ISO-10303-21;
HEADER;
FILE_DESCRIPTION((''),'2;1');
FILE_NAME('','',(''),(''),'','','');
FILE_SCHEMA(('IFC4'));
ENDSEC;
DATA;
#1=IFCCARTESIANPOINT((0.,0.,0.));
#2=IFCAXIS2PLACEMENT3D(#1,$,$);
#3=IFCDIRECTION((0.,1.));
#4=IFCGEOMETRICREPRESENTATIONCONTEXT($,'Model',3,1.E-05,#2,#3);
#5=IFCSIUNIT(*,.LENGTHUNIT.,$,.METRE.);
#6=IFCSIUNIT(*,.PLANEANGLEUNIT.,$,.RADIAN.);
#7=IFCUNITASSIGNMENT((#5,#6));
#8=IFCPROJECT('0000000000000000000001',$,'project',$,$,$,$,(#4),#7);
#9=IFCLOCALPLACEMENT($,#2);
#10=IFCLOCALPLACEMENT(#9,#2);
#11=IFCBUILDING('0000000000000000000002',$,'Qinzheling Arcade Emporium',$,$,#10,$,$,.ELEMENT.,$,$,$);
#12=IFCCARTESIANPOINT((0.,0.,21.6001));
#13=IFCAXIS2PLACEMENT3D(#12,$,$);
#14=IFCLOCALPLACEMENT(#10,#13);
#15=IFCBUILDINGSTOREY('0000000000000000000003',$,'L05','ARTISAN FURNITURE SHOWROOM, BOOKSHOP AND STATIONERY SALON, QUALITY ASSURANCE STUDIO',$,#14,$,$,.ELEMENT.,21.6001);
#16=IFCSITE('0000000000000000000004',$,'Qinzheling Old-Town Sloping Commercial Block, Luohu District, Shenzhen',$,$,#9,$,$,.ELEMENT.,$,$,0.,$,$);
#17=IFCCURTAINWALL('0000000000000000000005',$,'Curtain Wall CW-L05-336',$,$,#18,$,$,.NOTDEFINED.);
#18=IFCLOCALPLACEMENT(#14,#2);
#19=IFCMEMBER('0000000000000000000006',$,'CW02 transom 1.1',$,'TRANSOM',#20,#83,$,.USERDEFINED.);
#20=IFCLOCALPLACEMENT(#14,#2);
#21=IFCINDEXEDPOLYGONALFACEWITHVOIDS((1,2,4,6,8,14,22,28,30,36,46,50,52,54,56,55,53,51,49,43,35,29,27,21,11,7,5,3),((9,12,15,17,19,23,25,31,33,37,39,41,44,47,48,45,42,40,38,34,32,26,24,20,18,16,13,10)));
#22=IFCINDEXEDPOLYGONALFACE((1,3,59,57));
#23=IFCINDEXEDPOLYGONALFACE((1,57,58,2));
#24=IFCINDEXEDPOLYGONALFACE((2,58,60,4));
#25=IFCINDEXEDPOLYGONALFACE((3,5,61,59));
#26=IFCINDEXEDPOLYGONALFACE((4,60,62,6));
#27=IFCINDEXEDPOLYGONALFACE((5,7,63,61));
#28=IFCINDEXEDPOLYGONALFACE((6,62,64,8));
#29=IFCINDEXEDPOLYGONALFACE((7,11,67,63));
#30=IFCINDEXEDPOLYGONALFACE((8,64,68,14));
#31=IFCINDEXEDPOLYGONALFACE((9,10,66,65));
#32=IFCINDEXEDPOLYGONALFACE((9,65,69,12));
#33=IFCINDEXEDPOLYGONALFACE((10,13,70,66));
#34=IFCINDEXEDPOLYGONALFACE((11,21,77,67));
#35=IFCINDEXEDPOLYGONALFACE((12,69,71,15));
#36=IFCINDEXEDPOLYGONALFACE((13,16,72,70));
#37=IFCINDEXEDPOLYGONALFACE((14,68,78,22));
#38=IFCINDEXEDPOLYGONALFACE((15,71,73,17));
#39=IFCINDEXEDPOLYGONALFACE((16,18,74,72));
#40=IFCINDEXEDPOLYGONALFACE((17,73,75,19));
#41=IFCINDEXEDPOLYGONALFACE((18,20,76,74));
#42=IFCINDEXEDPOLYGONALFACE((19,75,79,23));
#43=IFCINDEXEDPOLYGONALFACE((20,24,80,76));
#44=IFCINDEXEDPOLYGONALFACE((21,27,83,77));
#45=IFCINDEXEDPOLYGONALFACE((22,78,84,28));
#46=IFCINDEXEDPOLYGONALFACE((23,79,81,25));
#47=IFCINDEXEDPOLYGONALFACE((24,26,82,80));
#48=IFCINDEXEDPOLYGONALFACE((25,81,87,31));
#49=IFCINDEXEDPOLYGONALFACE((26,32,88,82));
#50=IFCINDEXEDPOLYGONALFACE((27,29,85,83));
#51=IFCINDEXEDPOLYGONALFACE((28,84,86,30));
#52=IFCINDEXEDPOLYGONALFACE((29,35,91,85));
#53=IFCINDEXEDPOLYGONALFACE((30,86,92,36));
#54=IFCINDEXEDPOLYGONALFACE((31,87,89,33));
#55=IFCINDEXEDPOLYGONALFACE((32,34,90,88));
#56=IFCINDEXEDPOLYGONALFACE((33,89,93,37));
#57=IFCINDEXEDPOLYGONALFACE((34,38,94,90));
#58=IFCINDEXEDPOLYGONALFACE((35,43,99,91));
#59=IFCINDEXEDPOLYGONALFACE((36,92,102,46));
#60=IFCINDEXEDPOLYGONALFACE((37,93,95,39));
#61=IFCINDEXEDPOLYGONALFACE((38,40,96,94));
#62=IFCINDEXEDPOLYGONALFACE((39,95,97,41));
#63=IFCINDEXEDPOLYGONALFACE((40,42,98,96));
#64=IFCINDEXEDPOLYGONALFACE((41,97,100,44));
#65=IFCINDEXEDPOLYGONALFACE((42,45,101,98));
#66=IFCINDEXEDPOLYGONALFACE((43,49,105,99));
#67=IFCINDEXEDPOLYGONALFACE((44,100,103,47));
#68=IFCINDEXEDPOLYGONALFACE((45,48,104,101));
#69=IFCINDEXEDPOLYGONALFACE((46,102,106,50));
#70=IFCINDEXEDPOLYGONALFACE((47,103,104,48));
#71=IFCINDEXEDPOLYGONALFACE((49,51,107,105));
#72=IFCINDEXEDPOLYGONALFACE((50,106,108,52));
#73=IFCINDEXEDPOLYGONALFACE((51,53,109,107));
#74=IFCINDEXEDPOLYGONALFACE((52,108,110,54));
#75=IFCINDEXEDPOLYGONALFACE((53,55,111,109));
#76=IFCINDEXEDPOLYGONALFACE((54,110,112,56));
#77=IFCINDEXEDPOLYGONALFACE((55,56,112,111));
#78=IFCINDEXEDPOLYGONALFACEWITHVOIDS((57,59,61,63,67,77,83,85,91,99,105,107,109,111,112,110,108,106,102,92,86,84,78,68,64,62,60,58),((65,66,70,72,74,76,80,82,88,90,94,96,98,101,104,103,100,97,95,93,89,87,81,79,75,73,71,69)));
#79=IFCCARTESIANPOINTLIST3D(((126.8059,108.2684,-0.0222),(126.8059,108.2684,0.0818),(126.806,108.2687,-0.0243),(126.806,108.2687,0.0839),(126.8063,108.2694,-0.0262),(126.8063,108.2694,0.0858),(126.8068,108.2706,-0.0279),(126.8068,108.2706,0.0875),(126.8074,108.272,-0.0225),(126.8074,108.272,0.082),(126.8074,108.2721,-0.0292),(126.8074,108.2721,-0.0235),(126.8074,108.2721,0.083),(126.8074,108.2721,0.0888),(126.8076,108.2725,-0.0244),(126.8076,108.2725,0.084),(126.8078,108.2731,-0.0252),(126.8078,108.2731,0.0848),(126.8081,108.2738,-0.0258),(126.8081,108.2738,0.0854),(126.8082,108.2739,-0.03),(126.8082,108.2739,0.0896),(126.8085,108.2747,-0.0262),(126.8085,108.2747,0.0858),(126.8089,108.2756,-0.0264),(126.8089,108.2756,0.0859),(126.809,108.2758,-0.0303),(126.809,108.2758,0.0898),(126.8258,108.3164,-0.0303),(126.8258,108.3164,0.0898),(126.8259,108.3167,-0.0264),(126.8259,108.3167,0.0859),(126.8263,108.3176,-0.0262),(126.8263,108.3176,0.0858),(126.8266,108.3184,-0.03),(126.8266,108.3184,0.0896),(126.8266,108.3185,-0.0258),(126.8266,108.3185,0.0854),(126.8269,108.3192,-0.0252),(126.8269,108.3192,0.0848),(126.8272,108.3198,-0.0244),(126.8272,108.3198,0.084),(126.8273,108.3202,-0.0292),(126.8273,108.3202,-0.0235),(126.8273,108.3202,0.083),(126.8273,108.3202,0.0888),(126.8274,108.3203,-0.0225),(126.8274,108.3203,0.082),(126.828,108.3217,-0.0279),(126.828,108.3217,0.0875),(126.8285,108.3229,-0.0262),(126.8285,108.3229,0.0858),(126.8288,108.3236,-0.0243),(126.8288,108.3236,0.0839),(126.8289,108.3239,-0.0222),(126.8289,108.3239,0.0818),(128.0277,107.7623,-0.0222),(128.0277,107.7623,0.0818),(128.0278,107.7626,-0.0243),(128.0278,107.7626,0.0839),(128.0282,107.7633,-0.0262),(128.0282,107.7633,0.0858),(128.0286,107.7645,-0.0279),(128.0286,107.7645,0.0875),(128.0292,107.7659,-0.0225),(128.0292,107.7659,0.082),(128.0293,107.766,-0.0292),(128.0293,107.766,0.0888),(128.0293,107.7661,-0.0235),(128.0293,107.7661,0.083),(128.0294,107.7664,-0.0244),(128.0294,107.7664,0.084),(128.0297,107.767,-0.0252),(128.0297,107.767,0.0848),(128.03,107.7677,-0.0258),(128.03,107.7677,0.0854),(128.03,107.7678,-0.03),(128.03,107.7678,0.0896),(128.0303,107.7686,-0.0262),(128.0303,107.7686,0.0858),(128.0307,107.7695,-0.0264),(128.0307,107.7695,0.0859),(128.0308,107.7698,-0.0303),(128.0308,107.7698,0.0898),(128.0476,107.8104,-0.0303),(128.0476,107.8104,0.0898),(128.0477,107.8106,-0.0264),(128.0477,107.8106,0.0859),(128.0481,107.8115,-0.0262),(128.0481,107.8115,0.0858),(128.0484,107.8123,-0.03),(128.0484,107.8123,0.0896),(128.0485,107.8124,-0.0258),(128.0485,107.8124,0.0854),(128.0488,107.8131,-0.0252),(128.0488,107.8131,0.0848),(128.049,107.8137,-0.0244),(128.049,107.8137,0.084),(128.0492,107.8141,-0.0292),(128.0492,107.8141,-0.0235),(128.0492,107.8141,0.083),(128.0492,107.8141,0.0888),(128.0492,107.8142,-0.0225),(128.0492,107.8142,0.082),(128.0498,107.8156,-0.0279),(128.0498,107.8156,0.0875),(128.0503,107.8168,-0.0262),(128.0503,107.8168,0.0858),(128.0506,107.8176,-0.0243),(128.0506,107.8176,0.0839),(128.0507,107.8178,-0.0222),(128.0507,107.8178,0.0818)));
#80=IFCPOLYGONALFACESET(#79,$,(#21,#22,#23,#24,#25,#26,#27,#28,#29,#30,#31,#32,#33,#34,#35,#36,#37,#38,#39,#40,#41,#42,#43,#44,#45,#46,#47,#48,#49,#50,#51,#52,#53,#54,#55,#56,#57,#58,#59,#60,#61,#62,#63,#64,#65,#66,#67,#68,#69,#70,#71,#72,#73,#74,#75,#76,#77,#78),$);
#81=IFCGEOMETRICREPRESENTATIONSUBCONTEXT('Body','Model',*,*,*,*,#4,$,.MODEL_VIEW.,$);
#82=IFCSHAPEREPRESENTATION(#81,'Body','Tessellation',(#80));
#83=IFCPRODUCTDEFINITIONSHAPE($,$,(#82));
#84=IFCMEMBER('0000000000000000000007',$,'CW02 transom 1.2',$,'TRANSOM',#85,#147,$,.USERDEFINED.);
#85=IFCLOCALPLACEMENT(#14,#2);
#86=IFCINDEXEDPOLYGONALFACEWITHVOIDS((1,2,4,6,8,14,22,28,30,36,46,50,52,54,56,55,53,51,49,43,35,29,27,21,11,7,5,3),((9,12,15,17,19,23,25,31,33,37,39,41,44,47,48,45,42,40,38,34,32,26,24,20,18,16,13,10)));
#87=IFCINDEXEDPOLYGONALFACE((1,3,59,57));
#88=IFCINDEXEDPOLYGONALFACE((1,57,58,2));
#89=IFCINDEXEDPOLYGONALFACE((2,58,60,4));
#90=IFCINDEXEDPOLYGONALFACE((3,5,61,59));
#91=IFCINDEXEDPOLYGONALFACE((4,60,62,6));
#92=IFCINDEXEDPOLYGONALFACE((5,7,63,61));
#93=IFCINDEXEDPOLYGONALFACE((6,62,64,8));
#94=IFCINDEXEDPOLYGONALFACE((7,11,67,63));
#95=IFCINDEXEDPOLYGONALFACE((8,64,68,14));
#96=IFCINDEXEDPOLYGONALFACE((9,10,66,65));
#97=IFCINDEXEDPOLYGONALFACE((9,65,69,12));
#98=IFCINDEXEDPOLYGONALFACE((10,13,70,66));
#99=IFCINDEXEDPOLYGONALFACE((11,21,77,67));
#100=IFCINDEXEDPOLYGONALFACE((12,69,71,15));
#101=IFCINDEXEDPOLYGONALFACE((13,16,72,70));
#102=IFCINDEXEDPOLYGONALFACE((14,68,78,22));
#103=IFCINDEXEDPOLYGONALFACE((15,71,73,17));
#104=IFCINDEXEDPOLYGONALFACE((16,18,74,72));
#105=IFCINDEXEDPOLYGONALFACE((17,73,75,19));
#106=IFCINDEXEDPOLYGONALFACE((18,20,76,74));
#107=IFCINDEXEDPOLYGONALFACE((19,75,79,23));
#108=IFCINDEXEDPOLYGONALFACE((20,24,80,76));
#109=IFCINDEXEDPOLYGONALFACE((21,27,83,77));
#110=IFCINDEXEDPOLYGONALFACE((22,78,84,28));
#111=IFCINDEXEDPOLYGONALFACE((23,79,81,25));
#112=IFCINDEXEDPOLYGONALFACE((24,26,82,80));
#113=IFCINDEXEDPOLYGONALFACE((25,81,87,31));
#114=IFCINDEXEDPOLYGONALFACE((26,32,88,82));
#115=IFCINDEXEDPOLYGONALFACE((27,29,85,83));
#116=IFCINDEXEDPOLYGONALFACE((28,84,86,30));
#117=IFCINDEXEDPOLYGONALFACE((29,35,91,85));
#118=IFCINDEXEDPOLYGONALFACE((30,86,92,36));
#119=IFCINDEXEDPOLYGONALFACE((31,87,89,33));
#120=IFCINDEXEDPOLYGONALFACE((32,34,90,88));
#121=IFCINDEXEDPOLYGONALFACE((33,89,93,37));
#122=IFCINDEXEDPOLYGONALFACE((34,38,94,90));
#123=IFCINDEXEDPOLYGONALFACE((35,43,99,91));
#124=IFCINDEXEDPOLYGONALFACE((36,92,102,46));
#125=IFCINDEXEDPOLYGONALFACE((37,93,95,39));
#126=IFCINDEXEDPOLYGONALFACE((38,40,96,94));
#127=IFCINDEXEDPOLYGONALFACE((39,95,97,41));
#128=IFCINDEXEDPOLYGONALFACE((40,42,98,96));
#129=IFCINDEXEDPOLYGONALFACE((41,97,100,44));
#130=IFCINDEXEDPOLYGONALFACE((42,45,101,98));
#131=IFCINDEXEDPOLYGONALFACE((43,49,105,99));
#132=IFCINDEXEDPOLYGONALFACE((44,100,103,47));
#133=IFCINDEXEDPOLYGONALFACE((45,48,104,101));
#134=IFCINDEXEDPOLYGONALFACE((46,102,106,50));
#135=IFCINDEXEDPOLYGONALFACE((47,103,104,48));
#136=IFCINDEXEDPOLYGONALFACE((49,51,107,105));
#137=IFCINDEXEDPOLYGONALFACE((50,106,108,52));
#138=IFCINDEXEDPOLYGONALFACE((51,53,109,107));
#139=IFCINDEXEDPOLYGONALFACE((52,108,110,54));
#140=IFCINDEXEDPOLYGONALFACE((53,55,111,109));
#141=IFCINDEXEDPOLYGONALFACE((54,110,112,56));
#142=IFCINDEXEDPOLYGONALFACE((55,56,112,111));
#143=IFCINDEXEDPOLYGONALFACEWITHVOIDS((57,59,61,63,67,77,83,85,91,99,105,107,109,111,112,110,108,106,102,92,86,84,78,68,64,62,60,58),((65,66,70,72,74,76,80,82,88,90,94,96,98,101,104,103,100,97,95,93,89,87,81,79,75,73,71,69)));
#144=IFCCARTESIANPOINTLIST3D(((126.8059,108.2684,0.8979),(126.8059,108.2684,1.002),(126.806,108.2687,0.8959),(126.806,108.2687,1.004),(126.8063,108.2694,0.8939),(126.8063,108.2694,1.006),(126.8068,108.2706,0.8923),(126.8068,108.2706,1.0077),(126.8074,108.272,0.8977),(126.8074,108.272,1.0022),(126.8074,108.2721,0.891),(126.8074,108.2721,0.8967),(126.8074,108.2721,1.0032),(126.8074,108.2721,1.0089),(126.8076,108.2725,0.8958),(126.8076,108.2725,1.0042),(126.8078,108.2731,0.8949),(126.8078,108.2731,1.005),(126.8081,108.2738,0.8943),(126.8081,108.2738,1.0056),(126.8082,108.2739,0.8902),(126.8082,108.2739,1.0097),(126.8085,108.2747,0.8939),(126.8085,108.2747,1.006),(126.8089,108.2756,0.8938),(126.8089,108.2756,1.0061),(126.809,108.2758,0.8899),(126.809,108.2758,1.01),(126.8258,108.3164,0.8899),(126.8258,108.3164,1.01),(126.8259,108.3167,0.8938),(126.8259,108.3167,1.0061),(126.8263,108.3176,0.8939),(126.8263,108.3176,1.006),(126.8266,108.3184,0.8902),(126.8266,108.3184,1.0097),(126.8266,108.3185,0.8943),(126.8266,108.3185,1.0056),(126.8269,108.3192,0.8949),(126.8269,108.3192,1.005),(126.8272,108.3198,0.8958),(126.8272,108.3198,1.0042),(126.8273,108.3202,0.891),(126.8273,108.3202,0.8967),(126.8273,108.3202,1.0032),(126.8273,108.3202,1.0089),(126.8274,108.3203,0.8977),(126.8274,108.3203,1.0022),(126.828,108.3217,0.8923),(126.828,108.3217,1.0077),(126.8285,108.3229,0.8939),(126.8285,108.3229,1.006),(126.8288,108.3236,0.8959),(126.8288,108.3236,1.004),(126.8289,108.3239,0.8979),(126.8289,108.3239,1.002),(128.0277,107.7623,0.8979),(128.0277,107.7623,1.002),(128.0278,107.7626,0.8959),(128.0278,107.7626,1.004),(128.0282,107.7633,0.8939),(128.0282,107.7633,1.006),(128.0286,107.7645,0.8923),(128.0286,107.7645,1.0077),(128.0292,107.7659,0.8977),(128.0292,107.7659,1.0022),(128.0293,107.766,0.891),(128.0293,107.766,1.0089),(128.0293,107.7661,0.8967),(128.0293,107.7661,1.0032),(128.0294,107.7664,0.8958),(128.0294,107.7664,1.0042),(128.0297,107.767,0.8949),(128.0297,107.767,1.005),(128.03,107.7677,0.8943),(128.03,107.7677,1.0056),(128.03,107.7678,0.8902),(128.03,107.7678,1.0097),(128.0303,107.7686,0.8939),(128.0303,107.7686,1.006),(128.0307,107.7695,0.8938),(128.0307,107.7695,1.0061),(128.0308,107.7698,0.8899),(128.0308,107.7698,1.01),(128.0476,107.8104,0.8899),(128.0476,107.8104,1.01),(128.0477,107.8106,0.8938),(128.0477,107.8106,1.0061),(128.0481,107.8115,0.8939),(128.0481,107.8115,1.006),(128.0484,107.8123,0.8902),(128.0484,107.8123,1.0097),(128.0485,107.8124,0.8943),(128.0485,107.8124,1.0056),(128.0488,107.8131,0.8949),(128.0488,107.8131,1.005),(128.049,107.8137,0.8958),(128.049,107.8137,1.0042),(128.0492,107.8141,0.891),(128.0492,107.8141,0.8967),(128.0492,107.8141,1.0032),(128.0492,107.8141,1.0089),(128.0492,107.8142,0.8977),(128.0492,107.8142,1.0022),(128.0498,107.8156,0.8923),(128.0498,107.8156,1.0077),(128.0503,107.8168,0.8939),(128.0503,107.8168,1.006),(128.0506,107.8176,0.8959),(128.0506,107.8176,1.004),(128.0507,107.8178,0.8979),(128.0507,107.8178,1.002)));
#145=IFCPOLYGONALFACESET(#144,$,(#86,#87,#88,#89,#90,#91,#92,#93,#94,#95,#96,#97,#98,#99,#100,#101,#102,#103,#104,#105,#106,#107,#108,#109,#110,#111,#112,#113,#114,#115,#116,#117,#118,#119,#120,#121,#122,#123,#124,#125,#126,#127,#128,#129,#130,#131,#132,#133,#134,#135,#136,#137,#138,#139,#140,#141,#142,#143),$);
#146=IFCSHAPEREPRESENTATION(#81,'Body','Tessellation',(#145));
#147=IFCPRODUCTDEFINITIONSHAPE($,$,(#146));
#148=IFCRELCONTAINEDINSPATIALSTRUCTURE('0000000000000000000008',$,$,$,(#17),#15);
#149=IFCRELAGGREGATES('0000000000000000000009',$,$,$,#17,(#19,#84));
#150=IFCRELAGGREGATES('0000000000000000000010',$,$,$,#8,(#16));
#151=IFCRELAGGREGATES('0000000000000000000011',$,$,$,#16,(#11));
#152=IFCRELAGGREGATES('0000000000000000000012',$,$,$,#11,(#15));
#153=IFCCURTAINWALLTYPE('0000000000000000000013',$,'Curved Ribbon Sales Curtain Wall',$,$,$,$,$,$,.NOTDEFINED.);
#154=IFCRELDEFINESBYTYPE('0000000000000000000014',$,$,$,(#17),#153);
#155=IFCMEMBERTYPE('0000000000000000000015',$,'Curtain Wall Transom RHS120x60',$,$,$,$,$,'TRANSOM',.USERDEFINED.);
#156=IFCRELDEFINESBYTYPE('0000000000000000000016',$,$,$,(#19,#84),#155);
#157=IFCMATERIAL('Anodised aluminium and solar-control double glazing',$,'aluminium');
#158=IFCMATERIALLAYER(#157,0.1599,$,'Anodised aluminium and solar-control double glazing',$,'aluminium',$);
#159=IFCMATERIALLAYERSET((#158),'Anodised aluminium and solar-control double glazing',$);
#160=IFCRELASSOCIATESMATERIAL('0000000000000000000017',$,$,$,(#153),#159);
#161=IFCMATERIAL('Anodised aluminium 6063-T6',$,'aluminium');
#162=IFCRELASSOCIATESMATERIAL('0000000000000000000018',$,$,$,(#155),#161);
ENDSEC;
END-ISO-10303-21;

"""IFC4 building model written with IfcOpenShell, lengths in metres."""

from ifc_helpers import new_model, si_unit, direction, frame, origin, origin_2d, place, context, subcontext, project, spatial, hollow_rectangle, extrude, material, layer, layer_set, material_profile, profile_set, type_object, element, aggregate, save


model = new_model("IFC4")

# Units and contexts
model_context = context("Model", 3, precision=1e-05, world=origin(), true_north=direction((0.0, 1.0)))
body_context = subcontext(model_context, "Body", "Model", "MODEL_VIEW")
ifc_project = project(units=[si_unit("LENGTHUNIT", "METRE"), si_unit("PLANEANGLEUNIT", "RADIAN")], contexts=[model_context])

# Site, building, storey
site_placement = place(None, origin())
site = spatial("IfcSite", under=ifc_project, at=site_placement, Name="Qinzheling Old-Town Sloping Commercial Block, Luohu District, Shenzhen", CompositionType="ELEMENT", RefElevation=0.0)
building_placement = place(site_placement, origin())
building = spatial("IfcBuilding", under=site, at=building_placement, Name="Qinzheling Arcade Emporium", CompositionType="ELEMENT")
storey_placement = place(building_placement, frame((0.0, 0.0, 21.6001)))
storey = spatial("IfcBuildingStorey", under=building, at=storey_placement, Name="L05", Description="ARTISAN FURNITURE SHOWROOM, BOOKSHOP AND STATIONERY SALON, QUALITY ASSURANCE STUDIO", CompositionType="ELEMENT", Elevation=21.6001)

# Shared definitions
ifc_material_1 = material(Name="Anodised aluminium and solar-control double glazing", Category="aluminium")
ifc_layer_1 = layer(ifc_material_1, 0.1599, Name="Anodised aluminium and solar-control double glazing", Category="aluminium")
ifc_layer_set_1 = layer_set([ifc_layer_1], Name="Anodised aluminium and solar-control double glazing")
curtain_wall_type = type_object("IfcCurtainWallType", Name="Curved Ribbon Sales Curtain Wall", PredefinedType="NOTDEFINED", material=ifc_layer_set_1)
ifc_material_2 = material(Name="Anodised aluminium 6063-T6", Category="aluminium")

# Curtain wall
curtain_wall_1_placement = place(storey_placement, origin())
curtain_wall_1 = element("IfcCurtainWall", 1, at=curtain_wall_1_placement, inside=storey, type_object=curtain_wall_type, Name="Curtain Wall CW-L05-336", PredefinedType="NOTDEFINED")

# Members
ifc_material_profile_1 = material_profile(ifc_material_2, hollow_rectangle(XDim=0.0601, YDim=0.1201, WallThickness=0.0039, InnerFilletRadius=0.0039, OuterFilletRadius=0.0081, at=origin_2d()), Name="RHS 120x60x4", Category="aluminium")
ifc_profile_set_1 = profile_set([ifc_material_profile_1], Name="Anodised aluminium 6063-T6")
member_type_1 = type_object("IfcMemberType", Name="Curtain Wall Transom RHS120x60", ElementType="TRANSOM", PredefinedType="USERDEFINED", material=ifc_profile_set_1)
member_1_placement = place(storey_placement, frame((126.8174, 108.2961, 0.0298), z_axis=(0.923889, -0.382662, 0.0), x_axis=(0.382662, 0.923889, 0.0)))
member_1 = element("IfcMember", 2, at=member_1_placement, type_object=member_type_1, Name="CW02 transom 1.1", ObjectType="TRANSOM", PredefinedType="USERDEFINED", context=body_context, shape_type="SweptSolid", body=[
    extrude(hollow_rectangle(XDim=0.0601, YDim=0.1201, WallThickness=0.0039, InnerFilletRadius=0.0039, OuterFilletRadius=0.0081, at=origin_2d()), origin(), (0.0, 0.0, 1.0), 1.3225),
])
member_2_placement = place(storey_placement, frame((126.8174, 108.2961, 0.95), z_axis=(0.923889, -0.382662, 0.0), x_axis=(0.382662, 0.923889, 0.0)))
member_2 = element("IfcMember", 3, at=member_2_placement, type_object=member_type_1, Name="CW02 transom 1.2", ObjectType="TRANSOM", PredefinedType="USERDEFINED", context=body_context, shape_type="SweptSolid", body=[
    extrude(hollow_rectangle(XDim=0.0601, YDim=0.1201, WallThickness=0.0039, InnerFilletRadius=0.0039, OuterFilletRadius=0.0081, at=origin_2d()), origin(), (0.0, 0.0, 1.0), 1.3225),
])

aggregate(curtain_wall_1, [member_1, member_2])

save(model, "model.ifc")
